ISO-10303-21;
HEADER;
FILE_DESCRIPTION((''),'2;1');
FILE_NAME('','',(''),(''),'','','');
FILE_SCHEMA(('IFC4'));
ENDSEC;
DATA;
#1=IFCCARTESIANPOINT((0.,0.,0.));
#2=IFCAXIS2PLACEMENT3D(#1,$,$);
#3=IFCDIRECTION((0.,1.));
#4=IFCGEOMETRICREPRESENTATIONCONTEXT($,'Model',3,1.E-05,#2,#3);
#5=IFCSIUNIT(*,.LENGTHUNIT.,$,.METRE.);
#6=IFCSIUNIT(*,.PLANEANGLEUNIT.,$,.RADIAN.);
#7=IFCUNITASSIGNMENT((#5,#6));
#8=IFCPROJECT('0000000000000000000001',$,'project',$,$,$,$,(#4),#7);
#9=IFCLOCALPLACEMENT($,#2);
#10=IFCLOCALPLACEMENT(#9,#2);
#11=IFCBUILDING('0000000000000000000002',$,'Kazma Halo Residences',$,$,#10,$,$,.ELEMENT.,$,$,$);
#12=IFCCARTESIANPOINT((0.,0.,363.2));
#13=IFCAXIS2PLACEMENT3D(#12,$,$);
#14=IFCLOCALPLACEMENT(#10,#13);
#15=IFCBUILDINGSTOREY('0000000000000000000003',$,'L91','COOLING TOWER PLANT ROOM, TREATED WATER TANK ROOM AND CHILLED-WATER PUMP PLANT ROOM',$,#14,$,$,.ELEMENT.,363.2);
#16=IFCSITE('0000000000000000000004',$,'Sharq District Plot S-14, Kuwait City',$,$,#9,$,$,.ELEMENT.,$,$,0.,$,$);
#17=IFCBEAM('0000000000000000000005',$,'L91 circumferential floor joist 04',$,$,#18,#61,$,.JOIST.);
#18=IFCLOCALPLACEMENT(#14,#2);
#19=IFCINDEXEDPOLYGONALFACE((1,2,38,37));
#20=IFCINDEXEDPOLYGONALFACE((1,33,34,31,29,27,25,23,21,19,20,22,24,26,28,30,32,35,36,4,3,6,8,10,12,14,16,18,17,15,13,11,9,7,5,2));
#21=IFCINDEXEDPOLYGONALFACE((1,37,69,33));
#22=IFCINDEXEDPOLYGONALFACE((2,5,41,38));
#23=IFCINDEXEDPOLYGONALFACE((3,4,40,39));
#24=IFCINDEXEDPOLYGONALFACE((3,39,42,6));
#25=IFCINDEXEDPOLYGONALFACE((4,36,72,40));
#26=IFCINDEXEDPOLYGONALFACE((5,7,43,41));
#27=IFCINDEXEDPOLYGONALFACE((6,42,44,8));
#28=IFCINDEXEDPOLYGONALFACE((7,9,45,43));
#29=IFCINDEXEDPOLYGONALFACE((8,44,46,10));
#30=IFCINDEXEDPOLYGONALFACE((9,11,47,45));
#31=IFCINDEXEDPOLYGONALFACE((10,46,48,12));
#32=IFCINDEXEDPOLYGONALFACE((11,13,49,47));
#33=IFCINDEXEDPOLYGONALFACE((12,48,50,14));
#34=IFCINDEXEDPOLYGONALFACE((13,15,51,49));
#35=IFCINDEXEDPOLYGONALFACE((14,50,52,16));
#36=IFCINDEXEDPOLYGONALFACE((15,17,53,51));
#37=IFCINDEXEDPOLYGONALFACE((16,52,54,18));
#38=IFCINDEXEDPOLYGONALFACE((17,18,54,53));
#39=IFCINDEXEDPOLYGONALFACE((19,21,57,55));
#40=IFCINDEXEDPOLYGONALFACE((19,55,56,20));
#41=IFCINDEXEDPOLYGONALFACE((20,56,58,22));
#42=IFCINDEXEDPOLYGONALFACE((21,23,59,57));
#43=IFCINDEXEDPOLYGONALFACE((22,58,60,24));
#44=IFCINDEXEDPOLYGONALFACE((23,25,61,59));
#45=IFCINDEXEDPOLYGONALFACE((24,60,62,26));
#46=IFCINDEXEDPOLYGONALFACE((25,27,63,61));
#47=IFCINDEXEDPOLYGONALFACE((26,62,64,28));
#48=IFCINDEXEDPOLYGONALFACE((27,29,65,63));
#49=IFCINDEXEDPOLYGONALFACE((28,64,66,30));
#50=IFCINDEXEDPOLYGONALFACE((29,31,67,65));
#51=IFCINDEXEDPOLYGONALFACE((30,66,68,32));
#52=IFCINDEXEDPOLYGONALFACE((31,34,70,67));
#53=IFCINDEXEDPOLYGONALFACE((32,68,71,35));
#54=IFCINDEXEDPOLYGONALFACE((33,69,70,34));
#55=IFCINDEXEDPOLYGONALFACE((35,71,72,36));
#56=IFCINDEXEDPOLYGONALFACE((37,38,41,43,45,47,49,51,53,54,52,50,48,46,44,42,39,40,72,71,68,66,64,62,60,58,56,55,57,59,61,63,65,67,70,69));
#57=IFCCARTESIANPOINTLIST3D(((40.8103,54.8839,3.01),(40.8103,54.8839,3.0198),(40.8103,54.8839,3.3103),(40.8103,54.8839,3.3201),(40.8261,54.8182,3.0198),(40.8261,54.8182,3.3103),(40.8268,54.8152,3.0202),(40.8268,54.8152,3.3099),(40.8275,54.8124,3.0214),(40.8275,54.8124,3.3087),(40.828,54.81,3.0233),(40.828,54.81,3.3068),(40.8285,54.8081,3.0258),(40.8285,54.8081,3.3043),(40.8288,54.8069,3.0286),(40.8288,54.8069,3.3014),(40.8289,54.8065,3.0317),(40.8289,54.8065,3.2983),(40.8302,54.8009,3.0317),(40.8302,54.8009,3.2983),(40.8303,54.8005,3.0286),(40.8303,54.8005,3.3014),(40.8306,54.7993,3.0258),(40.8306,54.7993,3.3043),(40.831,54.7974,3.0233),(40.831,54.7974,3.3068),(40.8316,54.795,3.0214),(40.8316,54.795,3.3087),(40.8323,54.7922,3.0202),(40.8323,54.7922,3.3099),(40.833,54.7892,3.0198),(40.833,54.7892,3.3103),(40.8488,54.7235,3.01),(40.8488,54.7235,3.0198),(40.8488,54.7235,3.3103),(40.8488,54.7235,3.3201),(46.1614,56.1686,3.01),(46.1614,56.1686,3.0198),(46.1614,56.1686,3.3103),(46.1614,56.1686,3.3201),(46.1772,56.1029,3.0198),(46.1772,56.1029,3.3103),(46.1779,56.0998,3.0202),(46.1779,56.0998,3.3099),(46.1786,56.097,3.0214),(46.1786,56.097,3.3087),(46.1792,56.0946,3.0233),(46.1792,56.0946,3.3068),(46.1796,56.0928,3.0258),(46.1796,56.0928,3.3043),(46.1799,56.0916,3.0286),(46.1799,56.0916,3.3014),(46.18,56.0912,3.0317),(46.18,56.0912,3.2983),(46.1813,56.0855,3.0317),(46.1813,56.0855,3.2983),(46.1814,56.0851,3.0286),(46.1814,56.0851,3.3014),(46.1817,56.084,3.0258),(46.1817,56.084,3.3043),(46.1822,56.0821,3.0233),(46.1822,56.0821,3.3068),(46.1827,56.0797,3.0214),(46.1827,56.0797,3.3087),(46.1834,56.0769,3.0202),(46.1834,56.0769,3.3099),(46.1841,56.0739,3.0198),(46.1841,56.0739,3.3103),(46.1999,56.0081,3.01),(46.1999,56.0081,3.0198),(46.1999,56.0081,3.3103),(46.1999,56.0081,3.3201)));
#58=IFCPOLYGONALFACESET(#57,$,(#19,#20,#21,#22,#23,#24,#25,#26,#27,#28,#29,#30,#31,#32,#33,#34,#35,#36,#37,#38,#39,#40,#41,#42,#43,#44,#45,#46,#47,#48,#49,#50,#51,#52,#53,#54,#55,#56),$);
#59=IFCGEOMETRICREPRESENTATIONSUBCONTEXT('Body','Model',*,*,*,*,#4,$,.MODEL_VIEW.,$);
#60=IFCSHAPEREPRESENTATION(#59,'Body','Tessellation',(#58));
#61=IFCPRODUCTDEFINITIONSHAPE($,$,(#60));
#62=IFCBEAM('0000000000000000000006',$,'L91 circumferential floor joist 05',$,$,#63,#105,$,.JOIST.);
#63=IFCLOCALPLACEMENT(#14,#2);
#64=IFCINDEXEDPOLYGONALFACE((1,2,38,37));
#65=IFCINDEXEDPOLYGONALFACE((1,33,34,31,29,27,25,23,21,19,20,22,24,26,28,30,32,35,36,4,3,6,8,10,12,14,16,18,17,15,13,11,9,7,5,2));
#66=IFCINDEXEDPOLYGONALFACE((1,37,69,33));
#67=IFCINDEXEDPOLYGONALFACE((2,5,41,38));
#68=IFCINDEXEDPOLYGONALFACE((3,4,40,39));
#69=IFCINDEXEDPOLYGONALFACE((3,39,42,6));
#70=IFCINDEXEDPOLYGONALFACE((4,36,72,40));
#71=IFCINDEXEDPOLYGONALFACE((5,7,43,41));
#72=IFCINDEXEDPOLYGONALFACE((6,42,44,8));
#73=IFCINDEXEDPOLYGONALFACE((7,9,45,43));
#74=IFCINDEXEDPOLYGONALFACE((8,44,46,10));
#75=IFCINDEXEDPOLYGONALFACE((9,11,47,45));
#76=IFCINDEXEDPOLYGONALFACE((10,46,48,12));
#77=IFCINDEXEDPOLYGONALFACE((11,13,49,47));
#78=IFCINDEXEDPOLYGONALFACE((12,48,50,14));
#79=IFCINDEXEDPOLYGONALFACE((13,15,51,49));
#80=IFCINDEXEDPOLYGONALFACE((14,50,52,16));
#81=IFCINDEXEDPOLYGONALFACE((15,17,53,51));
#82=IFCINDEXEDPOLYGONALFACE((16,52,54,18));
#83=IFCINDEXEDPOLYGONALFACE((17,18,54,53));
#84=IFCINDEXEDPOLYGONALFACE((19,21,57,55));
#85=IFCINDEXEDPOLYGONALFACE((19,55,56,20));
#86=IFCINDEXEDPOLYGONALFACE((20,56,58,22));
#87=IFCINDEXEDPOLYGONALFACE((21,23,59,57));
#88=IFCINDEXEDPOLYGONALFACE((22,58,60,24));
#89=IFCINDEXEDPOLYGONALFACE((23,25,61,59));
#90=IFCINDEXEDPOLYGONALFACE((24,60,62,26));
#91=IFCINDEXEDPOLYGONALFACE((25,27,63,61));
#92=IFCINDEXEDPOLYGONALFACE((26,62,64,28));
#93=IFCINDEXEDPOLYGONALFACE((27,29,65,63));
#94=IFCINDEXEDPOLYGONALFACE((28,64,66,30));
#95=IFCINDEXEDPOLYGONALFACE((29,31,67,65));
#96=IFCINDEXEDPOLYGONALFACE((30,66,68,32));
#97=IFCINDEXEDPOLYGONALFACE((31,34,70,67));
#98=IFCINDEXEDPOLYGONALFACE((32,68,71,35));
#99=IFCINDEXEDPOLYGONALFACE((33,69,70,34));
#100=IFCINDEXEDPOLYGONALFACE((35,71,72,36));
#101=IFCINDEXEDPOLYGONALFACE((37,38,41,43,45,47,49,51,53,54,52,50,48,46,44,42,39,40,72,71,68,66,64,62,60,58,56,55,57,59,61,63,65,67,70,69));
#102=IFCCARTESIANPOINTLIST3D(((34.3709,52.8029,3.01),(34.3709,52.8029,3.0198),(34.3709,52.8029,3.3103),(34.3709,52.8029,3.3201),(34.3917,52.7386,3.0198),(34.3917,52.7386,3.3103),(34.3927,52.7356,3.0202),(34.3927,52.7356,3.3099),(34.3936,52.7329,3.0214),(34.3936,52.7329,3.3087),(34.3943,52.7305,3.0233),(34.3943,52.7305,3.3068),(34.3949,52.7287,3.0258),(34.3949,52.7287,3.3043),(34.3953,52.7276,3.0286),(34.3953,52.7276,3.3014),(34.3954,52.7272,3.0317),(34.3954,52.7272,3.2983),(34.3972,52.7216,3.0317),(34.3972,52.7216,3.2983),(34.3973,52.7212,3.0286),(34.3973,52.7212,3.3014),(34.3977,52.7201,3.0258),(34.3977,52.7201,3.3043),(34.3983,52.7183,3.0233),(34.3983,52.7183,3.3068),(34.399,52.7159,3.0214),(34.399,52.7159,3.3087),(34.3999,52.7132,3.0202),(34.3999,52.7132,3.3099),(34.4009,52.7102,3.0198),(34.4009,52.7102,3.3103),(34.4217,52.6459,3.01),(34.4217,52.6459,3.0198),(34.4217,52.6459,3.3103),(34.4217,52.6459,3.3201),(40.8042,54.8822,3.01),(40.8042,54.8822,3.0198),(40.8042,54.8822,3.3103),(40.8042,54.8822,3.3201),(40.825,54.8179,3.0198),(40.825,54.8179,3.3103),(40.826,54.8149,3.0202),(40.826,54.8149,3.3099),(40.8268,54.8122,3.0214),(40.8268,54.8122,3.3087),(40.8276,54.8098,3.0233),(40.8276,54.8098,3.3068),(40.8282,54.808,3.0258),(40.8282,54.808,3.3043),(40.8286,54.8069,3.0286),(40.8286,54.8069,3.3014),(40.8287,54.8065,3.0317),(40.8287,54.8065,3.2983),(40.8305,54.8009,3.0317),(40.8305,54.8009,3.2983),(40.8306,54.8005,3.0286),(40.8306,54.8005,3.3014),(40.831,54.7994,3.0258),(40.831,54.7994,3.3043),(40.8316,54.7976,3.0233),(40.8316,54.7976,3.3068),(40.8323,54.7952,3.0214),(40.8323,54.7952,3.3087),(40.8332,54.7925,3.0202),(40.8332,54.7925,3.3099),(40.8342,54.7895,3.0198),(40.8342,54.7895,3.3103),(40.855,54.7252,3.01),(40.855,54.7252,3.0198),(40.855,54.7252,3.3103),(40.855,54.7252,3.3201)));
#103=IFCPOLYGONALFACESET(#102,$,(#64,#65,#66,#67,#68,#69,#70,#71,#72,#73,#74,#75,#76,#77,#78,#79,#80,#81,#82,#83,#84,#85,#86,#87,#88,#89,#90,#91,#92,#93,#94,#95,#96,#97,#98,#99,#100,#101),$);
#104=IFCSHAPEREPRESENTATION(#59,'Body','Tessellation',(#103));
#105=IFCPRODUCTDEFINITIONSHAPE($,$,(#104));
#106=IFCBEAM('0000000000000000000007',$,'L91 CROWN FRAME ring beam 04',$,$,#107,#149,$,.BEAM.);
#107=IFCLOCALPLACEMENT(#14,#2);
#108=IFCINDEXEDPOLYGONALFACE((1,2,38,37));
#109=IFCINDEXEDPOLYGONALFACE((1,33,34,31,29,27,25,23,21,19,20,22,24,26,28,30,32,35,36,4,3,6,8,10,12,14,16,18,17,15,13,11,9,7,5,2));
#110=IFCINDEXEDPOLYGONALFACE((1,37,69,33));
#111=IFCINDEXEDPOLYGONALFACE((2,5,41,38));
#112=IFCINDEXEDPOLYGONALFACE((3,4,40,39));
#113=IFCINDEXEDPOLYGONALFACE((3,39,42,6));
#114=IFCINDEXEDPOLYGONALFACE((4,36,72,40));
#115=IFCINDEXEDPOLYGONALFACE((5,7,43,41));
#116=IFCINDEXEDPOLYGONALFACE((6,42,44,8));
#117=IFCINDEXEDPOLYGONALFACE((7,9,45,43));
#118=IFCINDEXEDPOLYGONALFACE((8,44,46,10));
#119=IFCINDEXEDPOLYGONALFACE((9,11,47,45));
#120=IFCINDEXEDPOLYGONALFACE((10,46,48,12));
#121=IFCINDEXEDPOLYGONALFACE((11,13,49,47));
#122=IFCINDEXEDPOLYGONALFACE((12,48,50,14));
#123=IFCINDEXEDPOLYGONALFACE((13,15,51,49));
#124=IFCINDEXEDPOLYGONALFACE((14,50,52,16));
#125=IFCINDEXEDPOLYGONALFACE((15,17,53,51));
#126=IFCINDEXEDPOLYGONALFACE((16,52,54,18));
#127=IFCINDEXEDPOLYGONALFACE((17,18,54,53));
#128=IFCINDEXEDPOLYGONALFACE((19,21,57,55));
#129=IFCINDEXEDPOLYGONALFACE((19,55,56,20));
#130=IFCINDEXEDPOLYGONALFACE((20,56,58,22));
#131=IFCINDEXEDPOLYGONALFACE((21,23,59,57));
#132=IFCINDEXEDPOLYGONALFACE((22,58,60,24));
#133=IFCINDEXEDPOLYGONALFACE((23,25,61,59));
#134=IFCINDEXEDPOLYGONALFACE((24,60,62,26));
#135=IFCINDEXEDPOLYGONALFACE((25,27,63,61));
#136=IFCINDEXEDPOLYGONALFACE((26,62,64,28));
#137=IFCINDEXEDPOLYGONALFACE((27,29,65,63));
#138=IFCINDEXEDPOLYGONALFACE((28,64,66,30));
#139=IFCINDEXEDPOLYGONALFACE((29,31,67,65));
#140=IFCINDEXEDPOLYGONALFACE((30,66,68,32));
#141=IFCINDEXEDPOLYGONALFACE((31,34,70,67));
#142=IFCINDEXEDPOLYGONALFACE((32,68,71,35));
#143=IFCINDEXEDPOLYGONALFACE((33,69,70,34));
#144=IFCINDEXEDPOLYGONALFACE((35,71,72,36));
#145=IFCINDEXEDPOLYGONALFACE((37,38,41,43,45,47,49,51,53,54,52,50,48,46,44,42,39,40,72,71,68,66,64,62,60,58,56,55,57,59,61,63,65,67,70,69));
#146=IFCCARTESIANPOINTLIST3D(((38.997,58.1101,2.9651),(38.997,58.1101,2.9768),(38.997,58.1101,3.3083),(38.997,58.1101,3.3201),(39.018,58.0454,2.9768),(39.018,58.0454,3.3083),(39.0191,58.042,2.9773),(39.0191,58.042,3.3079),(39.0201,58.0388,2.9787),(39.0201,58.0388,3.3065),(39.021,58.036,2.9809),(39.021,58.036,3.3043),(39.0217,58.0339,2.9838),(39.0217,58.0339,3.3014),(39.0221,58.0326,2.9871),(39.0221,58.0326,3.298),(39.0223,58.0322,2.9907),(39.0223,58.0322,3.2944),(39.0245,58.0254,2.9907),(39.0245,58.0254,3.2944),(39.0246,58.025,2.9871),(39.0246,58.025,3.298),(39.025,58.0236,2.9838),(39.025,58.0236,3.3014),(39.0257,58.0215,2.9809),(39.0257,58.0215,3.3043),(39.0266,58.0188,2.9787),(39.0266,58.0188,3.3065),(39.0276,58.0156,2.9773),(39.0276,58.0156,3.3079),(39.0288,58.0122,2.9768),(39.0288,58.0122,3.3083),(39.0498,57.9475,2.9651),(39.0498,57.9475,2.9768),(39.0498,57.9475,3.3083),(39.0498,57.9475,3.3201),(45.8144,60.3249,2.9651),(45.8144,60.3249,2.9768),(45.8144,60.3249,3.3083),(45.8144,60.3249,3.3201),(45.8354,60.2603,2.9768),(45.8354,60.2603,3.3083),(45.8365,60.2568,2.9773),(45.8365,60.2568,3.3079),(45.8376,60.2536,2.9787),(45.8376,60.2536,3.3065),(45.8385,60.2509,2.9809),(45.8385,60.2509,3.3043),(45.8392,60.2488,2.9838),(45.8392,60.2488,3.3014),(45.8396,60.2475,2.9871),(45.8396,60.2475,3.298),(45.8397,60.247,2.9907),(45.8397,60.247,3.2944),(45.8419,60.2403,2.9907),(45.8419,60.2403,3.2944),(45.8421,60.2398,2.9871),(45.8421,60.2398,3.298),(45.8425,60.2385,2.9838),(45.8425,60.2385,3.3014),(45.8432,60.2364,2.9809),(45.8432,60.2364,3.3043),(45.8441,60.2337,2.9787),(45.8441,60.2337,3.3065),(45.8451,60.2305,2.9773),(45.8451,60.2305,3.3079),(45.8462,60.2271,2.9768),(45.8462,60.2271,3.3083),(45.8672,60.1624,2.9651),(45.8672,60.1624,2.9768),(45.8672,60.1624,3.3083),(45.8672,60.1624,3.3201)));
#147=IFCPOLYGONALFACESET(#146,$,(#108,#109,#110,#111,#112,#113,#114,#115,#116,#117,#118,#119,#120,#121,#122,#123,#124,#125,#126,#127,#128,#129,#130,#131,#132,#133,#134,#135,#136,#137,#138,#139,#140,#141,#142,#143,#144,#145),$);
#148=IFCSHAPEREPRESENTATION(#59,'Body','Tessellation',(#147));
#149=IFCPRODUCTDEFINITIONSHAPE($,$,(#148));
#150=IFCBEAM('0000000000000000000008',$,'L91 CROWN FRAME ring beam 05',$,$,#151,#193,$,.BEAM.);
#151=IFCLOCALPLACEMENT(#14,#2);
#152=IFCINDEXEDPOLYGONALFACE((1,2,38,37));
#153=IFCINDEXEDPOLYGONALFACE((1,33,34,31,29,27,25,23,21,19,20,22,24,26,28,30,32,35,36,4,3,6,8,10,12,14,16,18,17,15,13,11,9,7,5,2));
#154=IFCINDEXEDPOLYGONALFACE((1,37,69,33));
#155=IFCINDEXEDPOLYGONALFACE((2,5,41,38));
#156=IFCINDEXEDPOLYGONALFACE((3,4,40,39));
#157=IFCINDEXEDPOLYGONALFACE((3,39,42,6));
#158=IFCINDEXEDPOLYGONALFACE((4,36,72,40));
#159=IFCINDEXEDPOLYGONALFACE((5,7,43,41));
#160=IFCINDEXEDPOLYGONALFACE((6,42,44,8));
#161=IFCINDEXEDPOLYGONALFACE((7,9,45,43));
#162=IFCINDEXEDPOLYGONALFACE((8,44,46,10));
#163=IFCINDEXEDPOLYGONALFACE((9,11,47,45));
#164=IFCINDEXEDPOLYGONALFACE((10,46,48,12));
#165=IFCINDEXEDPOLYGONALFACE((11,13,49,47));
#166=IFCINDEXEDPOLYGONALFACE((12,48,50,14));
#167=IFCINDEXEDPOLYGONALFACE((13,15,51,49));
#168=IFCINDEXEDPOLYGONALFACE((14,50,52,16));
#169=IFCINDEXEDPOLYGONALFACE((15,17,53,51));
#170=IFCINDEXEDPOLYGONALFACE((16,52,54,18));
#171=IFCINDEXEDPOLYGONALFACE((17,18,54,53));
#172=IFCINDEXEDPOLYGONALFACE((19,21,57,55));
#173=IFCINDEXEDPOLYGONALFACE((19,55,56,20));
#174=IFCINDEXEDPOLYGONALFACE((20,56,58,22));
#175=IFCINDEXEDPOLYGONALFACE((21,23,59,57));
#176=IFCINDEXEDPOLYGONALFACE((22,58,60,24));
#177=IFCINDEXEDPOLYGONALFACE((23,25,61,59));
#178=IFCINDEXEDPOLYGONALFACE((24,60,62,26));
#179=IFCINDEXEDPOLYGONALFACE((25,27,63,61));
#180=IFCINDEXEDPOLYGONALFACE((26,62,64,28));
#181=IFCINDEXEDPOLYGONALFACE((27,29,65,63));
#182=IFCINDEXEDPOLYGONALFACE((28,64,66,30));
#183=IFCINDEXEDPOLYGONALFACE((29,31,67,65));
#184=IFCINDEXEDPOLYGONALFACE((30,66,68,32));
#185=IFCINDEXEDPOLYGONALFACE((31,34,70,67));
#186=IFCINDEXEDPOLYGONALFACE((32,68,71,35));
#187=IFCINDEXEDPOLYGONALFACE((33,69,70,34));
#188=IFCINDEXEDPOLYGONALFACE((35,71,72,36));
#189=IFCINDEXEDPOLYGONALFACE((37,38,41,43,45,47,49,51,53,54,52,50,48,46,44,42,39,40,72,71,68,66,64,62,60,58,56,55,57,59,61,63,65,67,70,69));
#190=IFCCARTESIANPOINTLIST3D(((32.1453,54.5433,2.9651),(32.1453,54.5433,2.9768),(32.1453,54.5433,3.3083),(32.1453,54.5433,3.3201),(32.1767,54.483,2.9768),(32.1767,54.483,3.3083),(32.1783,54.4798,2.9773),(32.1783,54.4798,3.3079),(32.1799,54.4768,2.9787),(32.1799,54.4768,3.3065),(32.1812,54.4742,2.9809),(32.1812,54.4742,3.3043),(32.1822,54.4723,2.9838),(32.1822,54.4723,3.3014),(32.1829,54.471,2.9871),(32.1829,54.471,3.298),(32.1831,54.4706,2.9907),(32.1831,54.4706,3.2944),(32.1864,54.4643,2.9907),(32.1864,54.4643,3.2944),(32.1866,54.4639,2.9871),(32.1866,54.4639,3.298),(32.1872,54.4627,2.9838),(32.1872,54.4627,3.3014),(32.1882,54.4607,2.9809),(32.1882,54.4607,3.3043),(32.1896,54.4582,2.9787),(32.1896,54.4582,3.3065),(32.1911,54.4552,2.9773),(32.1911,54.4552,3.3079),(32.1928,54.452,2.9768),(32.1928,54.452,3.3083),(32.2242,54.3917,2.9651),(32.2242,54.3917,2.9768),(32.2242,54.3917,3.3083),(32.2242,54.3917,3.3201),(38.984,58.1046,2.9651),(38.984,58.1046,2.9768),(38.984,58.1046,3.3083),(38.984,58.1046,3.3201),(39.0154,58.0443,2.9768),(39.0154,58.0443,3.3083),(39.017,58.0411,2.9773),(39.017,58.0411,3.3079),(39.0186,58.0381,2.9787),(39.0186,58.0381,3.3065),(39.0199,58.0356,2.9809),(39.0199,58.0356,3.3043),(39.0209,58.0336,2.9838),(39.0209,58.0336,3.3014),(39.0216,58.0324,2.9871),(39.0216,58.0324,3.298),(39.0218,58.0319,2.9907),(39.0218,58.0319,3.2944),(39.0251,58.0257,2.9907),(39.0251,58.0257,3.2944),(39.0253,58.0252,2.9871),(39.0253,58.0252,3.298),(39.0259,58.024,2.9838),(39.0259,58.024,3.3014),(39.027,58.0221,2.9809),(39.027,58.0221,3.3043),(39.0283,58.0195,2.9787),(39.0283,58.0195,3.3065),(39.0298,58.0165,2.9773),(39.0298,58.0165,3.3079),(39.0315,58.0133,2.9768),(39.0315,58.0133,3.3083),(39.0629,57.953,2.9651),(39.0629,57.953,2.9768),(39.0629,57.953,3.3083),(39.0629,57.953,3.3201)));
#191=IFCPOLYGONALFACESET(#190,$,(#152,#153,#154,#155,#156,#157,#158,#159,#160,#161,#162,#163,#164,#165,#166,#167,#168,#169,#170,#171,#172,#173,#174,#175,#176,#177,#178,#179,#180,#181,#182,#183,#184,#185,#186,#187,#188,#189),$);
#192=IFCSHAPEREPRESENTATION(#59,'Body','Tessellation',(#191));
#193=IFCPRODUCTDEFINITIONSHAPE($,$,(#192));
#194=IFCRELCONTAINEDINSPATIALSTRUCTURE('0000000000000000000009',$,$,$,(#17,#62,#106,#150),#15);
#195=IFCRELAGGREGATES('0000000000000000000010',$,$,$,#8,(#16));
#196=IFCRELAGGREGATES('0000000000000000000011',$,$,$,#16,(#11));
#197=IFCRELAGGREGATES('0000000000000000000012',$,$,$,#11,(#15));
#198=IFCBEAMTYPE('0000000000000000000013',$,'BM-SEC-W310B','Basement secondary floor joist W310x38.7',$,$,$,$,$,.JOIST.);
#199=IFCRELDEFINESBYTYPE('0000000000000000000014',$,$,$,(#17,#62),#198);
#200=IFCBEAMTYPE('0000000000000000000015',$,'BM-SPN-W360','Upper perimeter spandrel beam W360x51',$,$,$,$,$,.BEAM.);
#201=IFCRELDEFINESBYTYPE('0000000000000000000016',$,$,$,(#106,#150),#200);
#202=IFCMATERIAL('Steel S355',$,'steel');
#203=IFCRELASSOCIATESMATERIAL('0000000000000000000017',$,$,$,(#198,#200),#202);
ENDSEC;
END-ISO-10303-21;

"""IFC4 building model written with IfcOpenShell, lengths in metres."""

from ifc_helpers import new_model, si_unit, direction, frame, origin, origin_2d, place, context, subcontext, project, spatial, i_section, extrude, material, material_profile, profile_set, type_object, element, save


model = new_model("IFC4")

# Units and contexts
model_context = context("Model", 3, precision=1e-05, world=origin(), true_north=direction((0.0, 1.0)))
body_context = subcontext(model_context, "Body", "Model", "MODEL_VIEW")
ifc_project = project(units=[si_unit("LENGTHUNIT", "METRE"), si_unit("PLANEANGLEUNIT", "RADIAN")], contexts=[model_context])

# Site, building, storey
site_placement = place(None, origin())
site = spatial("IfcSite", under=ifc_project, at=site_placement, Name="Sharq District Plot S-14, Kuwait City", CompositionType="ELEMENT", RefElevation=0.0)
building_placement = place(site_placement, origin())
building = spatial("IfcBuilding", under=site, at=building_placement, Name="Kazma Halo Residences", CompositionType="ELEMENT")
storey_placement = place(building_placement, frame((0.0, 0.0, 363.2)))
storey = spatial("IfcBuildingStorey", under=building, at=storey_placement, Name="L91", Description="COOLING TOWER PLANT ROOM, TREATED WATER TANK ROOM AND CHILLED-WATER PUMP PLANT ROOM", CompositionType="ELEMENT", Elevation=363.2)

# Shared definitions
ifc_material_1 = material(Name="Steel S355", Category="steel")

# Beams
ifc_material_profile_1 = material_profile(ifc_material_1, i_section(OverallWidth=0.165, OverallDepth=0.3101, WebThickness=0.0059, FlangeThickness=0.0098, FilletRadius=0.012, at=origin_2d()), Name="W310x38.7")
ifc_profile_set_1 = profile_set([ifc_material_profile_1], Name="Steel S355")
beam_type_1 = type_object("IfcBeamType", Name="BM-SEC-W310B", Description="Basement secondary floor joist W310x38.7", PredefinedType="JOIST", material=ifc_profile_set_1)
beam_1_placement = place(storey_placement, frame((46.1807, 56.0884, 3.165), z_axis=(-0.97237, -0.233443, 0.0), x_axis=(0.233443, -0.97237, 0.0)))
element("IfcBeam", 1, at=beam_1_placement, inside=storey, type_object=beam_type_1, Name="L91 circumferential floor joist 04", PredefinedType="JOIST", context=body_context, shape_type="SweptSolid", body=[
    extrude(i_section(OverallWidth=0.165, OverallDepth=0.3101, WebThickness=0.0059, FlangeThickness=0.0098, FilletRadius=0.012, at=origin_2d()), origin(), (0.0, 0.0, 1.0), 5.5032),
])
beam_2_placement = place(storey_placement, frame((40.8296, 54.8037, 3.165), z_axis=(-0.951533, -0.307548, 0.0), x_axis=(0.307548, -0.951533, 0.0)))
element("IfcBeam", 2, at=beam_2_placement, inside=storey, type_object=beam_type_1, Name="L91 circumferential floor joist 05", PredefinedType="JOIST", context=body_context, shape_type="SweptSolid", body=[
    extrude(i_section(OverallWidth=0.165, OverallDepth=0.3101, WebThickness=0.0059, FlangeThickness=0.0098, FilletRadius=0.012, at=origin_2d()), origin(), (0.0, 0.0, 1.0), 6.761),
])
ifc_material_profile_2 = material_profile(ifc_material_1, i_section(OverallWidth=0.1709, OverallDepth=0.355, WebThickness=0.0071, FlangeThickness=0.0117, FilletRadius=0.0139, at=origin_2d()), Name="W360x51")
ifc_profile_set_2 = profile_set([ifc_material_profile_2], Name="Steel S355")
beam_type_2 = type_object("IfcBeamType", Name="BM-SPN-W360", Description="Upper perimeter spandrel beam W360x51", PredefinedType="BEAM", material=ifc_profile_set_2)
beam_3_placement = place(storey_placement, frame((45.8408, 60.2437, 3.1426), z_axis=(-0.951067, -0.308984, 0.0), x_axis=(0.308984, -0.951067, 0.0)))
element("IfcBeam", 3, at=beam_3_placement, inside=storey, type_object=beam_type_2, Name="L91 CROWN FRAME ring beam 04", PredefinedType="BEAM", context=body_context, shape_type="SweptSolid", body=[
    extrude(i_section(OverallWidth=0.1709, OverallDepth=0.355, WebThickness=0.0071, FlangeThickness=0.0117, FilletRadius=0.0139, at=origin_2d()), origin(), (0.0, 0.0, 1.0), 7.1682),
])
beam_4_placement = place(storey_placement, frame((39.0234, 58.0288, 3.1426), z_axis=(-0.886941, -0.461883, 0.0), x_axis=(0.461883, -0.886941, 0.0)))
element("IfcBeam", 4, at=beam_4_placement, inside=storey, type_object=beam_type_2, Name="L91 CROWN FRAME ring beam 05", PredefinedType="BEAM", context=body_context, shape_type="SweptSolid", body=[
    extrude(i_section(OverallWidth=0.1709, OverallDepth=0.355, WebThickness=0.0071, FlangeThickness=0.0117, FilletRadius=0.0139, at=origin_2d()), origin(), (0.0, 0.0, 1.0), 7.7104),
])

save(model, "model.ifc")
